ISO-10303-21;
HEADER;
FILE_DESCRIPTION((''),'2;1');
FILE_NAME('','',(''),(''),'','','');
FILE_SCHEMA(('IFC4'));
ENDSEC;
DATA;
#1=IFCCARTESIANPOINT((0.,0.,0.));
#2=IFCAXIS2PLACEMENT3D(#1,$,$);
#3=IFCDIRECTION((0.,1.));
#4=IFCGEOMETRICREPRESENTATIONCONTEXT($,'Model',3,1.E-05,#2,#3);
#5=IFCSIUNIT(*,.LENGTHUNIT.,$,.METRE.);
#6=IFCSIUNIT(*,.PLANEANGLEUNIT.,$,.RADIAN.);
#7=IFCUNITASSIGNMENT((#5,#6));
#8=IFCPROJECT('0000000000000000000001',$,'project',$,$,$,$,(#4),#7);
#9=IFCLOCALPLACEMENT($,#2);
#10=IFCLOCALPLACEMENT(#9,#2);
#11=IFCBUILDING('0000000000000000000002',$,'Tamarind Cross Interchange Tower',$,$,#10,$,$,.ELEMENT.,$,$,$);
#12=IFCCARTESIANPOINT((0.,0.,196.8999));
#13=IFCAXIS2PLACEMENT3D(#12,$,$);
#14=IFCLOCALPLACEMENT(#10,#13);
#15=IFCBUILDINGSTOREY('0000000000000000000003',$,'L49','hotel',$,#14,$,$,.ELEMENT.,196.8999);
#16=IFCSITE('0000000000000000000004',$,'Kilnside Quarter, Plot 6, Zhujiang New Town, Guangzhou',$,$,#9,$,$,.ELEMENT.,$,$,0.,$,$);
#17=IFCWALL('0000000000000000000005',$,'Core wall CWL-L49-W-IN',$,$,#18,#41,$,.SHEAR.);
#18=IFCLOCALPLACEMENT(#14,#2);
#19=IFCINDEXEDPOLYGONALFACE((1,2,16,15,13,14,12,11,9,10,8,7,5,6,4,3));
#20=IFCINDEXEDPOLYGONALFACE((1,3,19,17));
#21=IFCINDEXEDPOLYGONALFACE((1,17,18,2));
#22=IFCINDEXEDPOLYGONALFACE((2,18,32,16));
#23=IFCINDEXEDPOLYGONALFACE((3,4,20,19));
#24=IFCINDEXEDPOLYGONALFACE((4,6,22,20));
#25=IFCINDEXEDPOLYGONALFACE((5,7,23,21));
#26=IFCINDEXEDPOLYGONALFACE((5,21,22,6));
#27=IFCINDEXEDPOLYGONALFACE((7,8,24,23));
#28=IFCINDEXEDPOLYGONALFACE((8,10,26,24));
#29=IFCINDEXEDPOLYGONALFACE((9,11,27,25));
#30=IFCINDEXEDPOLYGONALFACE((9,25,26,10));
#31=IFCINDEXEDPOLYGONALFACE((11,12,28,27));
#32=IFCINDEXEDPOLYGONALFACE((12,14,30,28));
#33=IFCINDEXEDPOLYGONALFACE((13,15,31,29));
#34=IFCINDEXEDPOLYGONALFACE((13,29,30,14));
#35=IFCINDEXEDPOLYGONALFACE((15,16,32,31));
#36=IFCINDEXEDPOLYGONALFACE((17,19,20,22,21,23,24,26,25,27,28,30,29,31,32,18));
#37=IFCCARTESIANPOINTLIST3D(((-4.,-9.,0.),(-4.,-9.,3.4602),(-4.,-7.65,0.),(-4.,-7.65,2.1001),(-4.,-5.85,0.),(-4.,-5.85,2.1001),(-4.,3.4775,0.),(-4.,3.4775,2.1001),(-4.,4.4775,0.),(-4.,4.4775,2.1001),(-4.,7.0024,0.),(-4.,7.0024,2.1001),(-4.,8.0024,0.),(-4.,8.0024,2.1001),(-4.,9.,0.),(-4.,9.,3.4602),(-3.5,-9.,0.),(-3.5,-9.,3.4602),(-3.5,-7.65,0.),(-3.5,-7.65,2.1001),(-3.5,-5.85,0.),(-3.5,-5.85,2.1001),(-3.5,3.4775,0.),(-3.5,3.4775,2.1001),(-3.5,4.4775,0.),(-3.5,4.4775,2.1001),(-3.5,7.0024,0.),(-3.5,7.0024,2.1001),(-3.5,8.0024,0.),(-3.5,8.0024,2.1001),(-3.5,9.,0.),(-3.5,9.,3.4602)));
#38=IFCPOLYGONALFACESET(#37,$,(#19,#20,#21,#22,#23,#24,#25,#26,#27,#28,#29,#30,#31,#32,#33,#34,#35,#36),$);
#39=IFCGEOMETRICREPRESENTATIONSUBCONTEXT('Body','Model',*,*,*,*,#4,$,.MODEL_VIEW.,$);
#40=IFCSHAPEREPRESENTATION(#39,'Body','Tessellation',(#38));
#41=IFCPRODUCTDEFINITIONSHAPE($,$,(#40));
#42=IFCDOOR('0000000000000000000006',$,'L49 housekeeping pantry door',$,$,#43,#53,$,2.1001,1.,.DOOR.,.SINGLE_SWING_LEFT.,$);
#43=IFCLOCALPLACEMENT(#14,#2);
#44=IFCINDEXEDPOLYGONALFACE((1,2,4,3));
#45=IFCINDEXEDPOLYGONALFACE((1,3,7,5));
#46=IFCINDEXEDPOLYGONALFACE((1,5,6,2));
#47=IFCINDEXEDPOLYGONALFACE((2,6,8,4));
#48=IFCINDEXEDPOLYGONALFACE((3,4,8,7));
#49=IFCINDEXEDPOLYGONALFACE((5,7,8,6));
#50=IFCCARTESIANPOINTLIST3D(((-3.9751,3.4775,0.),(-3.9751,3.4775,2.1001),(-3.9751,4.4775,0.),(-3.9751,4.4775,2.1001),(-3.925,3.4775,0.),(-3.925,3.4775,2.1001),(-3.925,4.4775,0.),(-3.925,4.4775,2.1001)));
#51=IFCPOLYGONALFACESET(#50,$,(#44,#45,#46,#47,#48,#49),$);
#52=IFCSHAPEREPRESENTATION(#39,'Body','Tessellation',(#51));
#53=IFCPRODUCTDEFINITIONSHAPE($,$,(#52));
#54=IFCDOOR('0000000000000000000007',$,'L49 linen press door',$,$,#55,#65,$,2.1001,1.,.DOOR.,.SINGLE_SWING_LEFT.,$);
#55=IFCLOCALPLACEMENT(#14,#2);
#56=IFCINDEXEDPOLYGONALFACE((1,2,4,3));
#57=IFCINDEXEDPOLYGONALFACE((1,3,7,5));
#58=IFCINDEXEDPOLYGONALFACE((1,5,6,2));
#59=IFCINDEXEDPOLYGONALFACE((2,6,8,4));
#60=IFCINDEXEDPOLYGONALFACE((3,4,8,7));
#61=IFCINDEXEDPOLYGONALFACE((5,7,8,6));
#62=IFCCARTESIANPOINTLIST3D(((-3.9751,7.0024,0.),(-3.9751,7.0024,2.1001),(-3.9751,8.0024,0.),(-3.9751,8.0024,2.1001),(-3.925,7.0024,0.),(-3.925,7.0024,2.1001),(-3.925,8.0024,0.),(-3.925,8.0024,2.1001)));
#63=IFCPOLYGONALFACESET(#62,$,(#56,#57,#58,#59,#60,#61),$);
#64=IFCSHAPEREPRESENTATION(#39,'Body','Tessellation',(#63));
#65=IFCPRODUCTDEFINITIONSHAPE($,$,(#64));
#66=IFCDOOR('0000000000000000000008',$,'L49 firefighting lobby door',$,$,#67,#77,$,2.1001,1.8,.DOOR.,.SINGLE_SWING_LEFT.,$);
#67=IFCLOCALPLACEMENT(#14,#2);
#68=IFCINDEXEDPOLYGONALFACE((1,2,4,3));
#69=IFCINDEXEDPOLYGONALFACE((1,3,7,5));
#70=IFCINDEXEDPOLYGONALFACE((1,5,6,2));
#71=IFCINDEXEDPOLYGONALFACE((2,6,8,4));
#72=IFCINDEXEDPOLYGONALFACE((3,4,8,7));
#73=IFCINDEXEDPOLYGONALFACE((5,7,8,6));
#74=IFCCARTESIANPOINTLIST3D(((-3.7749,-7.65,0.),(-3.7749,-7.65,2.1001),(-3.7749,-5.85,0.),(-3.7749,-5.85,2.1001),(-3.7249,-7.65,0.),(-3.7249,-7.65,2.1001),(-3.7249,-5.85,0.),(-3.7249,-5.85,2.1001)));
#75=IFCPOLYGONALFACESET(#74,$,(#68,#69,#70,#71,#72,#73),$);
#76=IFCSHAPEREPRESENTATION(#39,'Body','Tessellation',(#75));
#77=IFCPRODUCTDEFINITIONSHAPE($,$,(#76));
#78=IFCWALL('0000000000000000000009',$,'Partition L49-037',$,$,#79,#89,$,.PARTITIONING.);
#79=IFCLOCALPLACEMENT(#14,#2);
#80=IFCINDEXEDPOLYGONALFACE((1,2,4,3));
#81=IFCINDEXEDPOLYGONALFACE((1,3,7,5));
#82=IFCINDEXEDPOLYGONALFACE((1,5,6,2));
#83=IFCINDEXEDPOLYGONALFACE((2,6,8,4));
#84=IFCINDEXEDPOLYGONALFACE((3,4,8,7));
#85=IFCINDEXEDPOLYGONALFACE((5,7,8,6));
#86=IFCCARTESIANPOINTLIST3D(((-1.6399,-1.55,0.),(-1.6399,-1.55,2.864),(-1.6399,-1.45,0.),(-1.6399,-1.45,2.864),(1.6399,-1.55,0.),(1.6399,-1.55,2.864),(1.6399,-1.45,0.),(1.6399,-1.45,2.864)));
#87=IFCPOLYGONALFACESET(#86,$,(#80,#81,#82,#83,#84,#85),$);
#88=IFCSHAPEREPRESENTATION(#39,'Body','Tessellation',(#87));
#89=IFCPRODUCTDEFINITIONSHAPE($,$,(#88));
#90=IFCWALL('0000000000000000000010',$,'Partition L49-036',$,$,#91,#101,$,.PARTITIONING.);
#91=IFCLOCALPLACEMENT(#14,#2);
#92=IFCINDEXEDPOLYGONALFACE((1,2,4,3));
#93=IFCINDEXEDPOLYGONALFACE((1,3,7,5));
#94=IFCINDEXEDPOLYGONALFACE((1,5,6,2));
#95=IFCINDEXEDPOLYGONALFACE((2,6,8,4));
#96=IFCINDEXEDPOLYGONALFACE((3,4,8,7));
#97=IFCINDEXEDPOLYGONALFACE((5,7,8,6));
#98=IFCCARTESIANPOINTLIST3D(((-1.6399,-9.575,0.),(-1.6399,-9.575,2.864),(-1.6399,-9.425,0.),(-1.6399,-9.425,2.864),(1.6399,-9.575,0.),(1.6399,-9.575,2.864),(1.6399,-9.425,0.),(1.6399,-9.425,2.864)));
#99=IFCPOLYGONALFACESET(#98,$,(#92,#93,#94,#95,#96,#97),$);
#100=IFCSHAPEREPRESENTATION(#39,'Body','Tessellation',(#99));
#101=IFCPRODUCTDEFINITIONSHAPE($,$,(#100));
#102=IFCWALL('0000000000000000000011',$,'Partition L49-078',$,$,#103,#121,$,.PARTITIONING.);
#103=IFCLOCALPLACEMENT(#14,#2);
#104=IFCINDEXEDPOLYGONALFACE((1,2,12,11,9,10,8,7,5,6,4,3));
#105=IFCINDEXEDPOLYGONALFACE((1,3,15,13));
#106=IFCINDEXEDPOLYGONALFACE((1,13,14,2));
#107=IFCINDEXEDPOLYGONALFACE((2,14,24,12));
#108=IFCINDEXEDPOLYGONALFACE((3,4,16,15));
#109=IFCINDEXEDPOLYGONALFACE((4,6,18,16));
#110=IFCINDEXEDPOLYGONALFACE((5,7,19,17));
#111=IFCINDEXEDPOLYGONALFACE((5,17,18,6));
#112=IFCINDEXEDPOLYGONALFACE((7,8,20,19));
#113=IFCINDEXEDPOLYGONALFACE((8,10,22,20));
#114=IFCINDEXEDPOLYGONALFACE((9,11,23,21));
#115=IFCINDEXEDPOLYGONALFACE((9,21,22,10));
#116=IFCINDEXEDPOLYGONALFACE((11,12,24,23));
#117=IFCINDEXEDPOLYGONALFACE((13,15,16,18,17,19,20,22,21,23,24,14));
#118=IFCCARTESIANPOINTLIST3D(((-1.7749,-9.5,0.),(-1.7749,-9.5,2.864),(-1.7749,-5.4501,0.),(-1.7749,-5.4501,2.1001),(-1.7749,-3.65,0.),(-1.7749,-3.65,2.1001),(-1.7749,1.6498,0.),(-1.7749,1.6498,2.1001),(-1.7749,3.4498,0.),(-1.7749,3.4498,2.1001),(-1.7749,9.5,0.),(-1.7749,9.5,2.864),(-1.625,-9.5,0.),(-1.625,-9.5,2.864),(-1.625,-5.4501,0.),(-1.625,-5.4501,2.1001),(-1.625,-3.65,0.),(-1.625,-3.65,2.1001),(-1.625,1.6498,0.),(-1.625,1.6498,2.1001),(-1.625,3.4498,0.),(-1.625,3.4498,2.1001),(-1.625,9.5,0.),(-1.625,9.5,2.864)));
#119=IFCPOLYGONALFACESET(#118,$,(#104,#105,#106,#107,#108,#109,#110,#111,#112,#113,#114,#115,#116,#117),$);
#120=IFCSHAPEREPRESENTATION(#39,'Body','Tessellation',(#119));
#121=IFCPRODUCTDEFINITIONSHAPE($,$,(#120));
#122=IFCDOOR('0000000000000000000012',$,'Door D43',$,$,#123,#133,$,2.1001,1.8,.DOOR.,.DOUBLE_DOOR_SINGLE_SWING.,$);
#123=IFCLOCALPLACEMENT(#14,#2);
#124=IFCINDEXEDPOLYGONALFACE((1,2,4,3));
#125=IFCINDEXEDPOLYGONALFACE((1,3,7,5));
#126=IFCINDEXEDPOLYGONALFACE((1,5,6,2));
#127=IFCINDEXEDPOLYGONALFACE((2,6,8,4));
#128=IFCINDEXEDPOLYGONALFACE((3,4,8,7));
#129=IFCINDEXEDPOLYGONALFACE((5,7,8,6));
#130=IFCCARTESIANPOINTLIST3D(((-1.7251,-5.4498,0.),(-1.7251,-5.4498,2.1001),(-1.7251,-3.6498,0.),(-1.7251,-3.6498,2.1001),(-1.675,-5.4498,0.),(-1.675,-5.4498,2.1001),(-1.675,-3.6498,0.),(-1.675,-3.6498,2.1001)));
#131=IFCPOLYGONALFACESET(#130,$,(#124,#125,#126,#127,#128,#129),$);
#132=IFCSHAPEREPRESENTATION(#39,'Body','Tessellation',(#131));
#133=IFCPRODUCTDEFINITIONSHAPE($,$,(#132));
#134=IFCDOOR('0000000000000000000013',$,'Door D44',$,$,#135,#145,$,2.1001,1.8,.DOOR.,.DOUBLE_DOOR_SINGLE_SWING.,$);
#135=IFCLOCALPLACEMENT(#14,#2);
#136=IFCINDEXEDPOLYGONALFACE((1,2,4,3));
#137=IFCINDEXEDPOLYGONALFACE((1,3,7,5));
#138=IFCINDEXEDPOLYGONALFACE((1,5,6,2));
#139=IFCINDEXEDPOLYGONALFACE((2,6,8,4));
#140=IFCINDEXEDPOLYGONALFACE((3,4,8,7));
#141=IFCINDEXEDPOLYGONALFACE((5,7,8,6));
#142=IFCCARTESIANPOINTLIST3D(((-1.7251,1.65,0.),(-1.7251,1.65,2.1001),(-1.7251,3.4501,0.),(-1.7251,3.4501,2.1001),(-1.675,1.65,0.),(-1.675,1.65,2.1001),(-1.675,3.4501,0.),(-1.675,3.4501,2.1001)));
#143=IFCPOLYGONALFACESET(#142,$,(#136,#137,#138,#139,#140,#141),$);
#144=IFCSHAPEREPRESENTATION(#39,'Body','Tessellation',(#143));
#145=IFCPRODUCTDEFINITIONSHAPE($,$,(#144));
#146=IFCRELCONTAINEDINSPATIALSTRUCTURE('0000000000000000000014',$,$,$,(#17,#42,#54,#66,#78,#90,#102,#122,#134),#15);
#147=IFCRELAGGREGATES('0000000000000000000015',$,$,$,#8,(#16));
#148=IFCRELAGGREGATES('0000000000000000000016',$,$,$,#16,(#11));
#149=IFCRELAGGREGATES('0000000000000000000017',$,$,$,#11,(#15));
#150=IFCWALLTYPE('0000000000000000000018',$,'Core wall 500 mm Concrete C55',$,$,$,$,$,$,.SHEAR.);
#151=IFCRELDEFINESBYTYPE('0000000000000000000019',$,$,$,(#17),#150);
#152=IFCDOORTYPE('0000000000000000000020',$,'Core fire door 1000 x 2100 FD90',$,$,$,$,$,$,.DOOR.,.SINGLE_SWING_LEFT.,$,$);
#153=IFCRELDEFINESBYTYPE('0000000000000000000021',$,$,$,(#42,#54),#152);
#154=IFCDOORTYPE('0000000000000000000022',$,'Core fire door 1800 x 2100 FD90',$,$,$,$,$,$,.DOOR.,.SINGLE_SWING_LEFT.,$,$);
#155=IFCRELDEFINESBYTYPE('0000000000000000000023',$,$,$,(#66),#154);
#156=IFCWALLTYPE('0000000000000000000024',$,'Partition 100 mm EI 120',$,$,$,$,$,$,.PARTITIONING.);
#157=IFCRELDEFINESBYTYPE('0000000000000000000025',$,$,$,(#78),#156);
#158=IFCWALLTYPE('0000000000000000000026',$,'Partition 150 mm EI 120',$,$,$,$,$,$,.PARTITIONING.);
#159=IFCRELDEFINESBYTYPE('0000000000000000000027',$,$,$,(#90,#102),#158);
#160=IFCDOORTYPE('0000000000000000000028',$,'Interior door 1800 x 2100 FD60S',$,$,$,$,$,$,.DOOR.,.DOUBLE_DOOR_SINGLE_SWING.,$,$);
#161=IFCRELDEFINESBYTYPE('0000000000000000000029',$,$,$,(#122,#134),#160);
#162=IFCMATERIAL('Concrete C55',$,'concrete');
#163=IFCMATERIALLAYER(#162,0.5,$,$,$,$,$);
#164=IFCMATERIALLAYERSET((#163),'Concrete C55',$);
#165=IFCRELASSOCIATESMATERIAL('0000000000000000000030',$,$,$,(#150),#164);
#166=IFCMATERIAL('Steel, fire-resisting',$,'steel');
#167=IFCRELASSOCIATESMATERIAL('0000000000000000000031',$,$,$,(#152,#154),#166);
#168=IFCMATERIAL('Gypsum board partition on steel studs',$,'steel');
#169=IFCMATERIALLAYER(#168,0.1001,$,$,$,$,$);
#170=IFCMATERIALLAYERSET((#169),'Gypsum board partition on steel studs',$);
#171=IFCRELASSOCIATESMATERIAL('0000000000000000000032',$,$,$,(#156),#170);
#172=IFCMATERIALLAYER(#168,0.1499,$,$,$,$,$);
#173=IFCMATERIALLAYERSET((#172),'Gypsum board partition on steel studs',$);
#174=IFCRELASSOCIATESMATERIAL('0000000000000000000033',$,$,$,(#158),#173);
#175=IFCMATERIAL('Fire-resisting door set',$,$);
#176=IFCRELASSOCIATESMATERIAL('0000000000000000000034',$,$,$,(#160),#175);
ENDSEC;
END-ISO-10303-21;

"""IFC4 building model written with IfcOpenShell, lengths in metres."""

from ifc_helpers import new_model, si_unit, direction, frame, frame_2d, origin, place, context, subcontext, project, spatial, rectangle, extrude, material, layer, layer_set, type_object, element, fill, save


model = new_model("IFC4")

# Units and contexts
model_context = context("Model", 3, precision=1e-05, world=origin(), true_north=direction((0.0, 1.0)))
body_context = subcontext(model_context, "Body", "Model", "MODEL_VIEW")
ifc_project = project(units=[si_unit("LENGTHUNIT", "METRE"), si_unit("PLANEANGLEUNIT", "RADIAN")], contexts=[model_context])

# Site, building, storey
site_placement = place(None, origin())
site = spatial("IfcSite", under=ifc_project, at=site_placement, Name="Kilnside Quarter, Plot 6, Zhujiang New Town, Guangzhou", CompositionType="ELEMENT", RefElevation=0.0)
building_placement = place(site_placement, origin())
building = spatial("IfcBuilding", under=site, at=building_placement, Name="Tamarind Cross Interchange Tower", CompositionType="ELEMENT")
storey_placement = place(building_placement, frame((0.0, 0.0, 196.8999)))
storey = spatial("IfcBuildingStorey", under=building, at=storey_placement, Name="L49", Description="hotel", CompositionType="ELEMENT", Elevation=196.8999)

# Wall, openings, doors
ifc_material_1 = material(Name="Concrete C55", Category="concrete")
ifc_layer_1 = layer(ifc_material_1, 0.5)
ifc_layer_set_1 = layer_set([ifc_layer_1], Name="Concrete C55")
wall_type_1 = type_object("IfcWallType", Name="Core wall 500 mm Concrete C55", PredefinedType="SHEAR", material=ifc_layer_set_1)
wall_1_placement = place(storey_placement, frame((-3.75, -9.0, 0.0), z_axis=(0.0, 0.0, 1.0), x_axis=(0.0, 1.0, 0.0)))
wall_1 = element("IfcWall", 1, at=wall_1_placement, inside=storey, type_object=wall_type_1, Name="Core wall CWL-L49-W-IN", PredefinedType="SHEAR", context=body_context, shape_type="SweptSolid", body=[
    extrude(rectangle(XDim=18.0, YDim=0.5, at=frame_2d((9.0, 0.0))), origin(), (0.0, 0.0, 1.0), 3.4602),
])
opening_1_placement = place(wall_1_placement, frame((1.3501, 0.0, 0.0)))
opening_1 = element("IfcOpeningElement", 2, at=opening_1_placement, cuts=wall_1, PredefinedType="OPENING", context=body_context, shape_type="SweptSolid", body=[
    extrude(rectangle(XDim=1.8, YDim=2.1001, at=frame_2d((0.8999, 1.05))), frame((0.0, 0.26, 0.0), z_axis=(0.0, -1.0, 0.0), x_axis=(1.0, 0.0, 0.0)), (0.0, 0.0, 1.0), 0.52),
])
opening_2_placement = place(wall_1_placement, frame((12.4775, 0.0, 0.0)))
opening_2 = element("IfcOpeningElement", 3, at=opening_2_placement, cuts=wall_1, PredefinedType="OPENING", context=body_context, shape_type="SweptSolid", body=[
    extrude(rectangle(XDim=1.0, YDim=2.1001, at=frame_2d((0.5, 1.05))), frame((0.0, 0.26, 0.0), z_axis=(0.0, -1.0, 0.0), x_axis=(1.0, 0.0, 0.0)), (0.0, 0.0, 1.0), 0.52),
])
opening_3_placement = place(wall_1_placement, frame((16.0024, 0.0, 0.0)))
opening_3 = element("IfcOpeningElement", 4, at=opening_3_placement, cuts=wall_1, PredefinedType="OPENING", context=body_context, shape_type="SweptSolid", body=[
    extrude(rectangle(XDim=1.0, YDim=2.1001, at=frame_2d((0.5, 1.05))), frame((0.0, 0.26, 0.0), z_axis=(0.0, -1.0, 0.0), x_axis=(1.0, 0.0, 0.0)), (0.0, 0.0, 1.0), 0.52),
])
ifc_material_2 = material(Name="Steel, fire-resisting", Category="steel")
door_type_1 = type_object("IfcDoorType", Name="Core fire door 1000 x 2100 FD90", OperationType="SINGLE_SWING_LEFT", PredefinedType="DOOR", material=ifc_material_2)
door_1_placement = place(opening_2_placement, origin())
door_1 = element("IfcDoor", 5, at=door_1_placement, inside=storey, type_object=door_type_1, Name="L49 housekeeping pantry door", OperationType="SINGLE_SWING_LEFT", OverallHeight=2.1001, OverallWidth=1.0, PredefinedType="DOOR", context=body_context, shape_type="SweptSolid", body=[
    extrude(rectangle(XDim=1.0, YDim=2.1001, at=frame_2d((0.5, 1.05))), frame((0.0, 0.2251, 0.0), z_axis=(0.0, -1.0, 0.0), x_axis=(1.0, 0.0, 0.0)), (0.0, 0.0, 1.0), 0.05),
])
fill(opening_2, door_1)
door_2_placement = place(opening_3_placement, origin())
door_2 = element("IfcDoor", 6, at=door_2_placement, inside=storey, type_object=door_type_1, Name="L49 linen press door", OperationType="SINGLE_SWING_LEFT", OverallHeight=2.1001, OverallWidth=1.0, PredefinedType="DOOR", context=body_context, shape_type="SweptSolid", body=[
    extrude(rectangle(XDim=1.0, YDim=2.1001, at=frame_2d((0.5, 1.05))), frame((0.0, 0.2251, 0.0), z_axis=(0.0, -1.0, 0.0), x_axis=(1.0, 0.0, 0.0)), (0.0, 0.0, 1.0), 0.05),
])
fill(opening_3, door_2)
door_type_2 = type_object("IfcDoorType", Name="Core fire door 1800 x 2100 FD90", OperationType="SINGLE_SWING_LEFT", PredefinedType="DOOR", material=ifc_material_2)
door_3_placement = place(opening_1_placement, origin())
door_3 = element("IfcDoor", 7, at=door_3_placement, inside=storey, type_object=door_type_2, Name="L49 firefighting lobby door", OperationType="SINGLE_SWING_LEFT", OverallHeight=2.1001, OverallWidth=1.8, PredefinedType="DOOR", context=body_context, shape_type="SweptSolid", body=[
    extrude(rectangle(XDim=1.8, YDim=2.1001, at=frame_2d((0.8999, 1.05))), frame((0.0, 0.0249, 0.0), z_axis=(0.0, -1.0, 0.0), x_axis=(1.0, 0.0, 0.0)), (0.0, 0.0, 1.0), 0.05),
])
fill(opening_1, door_3)

# Walls
ifc_material_3 = material(Name="Gypsum board partition on steel studs", Category="steel")
ifc_layer_2 = layer(ifc_material_3, 0.1001)
ifc_layer_set_2 = layer_set([ifc_layer_2], Name="Gypsum board partition on steel studs")
wall_type_2 = type_object("IfcWallType", Name="Partition 100 mm EI 120", PredefinedType="PARTITIONING", material=ifc_layer_set_2)
wall_2_placement = place(storey_placement, frame((-1.6399, -1.5, 0.0), z_axis=(0.0, 0.0, 1.0), x_axis=(1.0, 0.0, 0.0)))
element("IfcWall", 8, at=wall_2_placement, inside=storey, type_object=wall_type_2, Name="Partition L49-037", PredefinedType="PARTITIONING", context=body_context, shape_type="SweptSolid", body=[
    extrude(rectangle(XDim=3.2798, YDim=0.1001, at=frame_2d((1.6399, 0.0))), origin(), (0.0, 0.0, 1.0), 2.864),
])
ifc_layer_3 = layer(ifc_material_3, 0.1499)
ifc_layer_set_3 = layer_set([ifc_layer_3], Name="Gypsum board partition on steel studs")
wall_type_3 = type_object("IfcWallType", Name="Partition 150 mm EI 120", PredefinedType="PARTITIONING", material=ifc_layer_set_3)
wall_3_placement = place(storey_placement, frame((-1.6399, -9.5, 0.0), z_axis=(0.0, 0.0, 1.0), x_axis=(1.0, 0.0, 0.0)))
element("IfcWall", 9, at=wall_3_placement, inside=storey, type_object=wall_type_3, Name="Partition L49-036", PredefinedType="PARTITIONING", context=body_context, shape_type="SweptSolid", body=[
    extrude(rectangle(XDim=3.2798, YDim=0.1499, at=frame_2d((1.6399, 0.0))), origin(), (0.0, 0.0, 1.0), 2.864),
])

# Wall, openings, doors
wall_4_placement = place(storey_placement, frame((-1.7, -9.5, 0.0), z_axis=(0.0, 0.0, 1.0), x_axis=(0.0, 1.0, 0.0)))
wall_4 = element("IfcWall", 10, at=wall_4_placement, inside=storey, type_object=wall_type_3, Name="Partition L49-078", PredefinedType="PARTITIONING", context=body_context, shape_type="SweptSolid", body=[
    extrude(rectangle(XDim=19.0, YDim=0.1499, at=frame_2d((9.5, 0.0))), origin(), (0.0, 0.0, 1.0), 2.864),
])
opening_4_placement = place(wall_4_placement, frame((4.05, 0.0, 0.0)))
opening_4 = element("IfcOpeningElement", 11, at=opening_4_placement, cuts=wall_4, PredefinedType="OPENING", context=body_context, shape_type="SweptSolid", body=[
    extrude(rectangle(XDim=1.8, YDim=2.1001, at=frame_2d((0.8999, 1.05))), frame((0.0, 0.085, 0.0), z_axis=(0.0, -1.0, 0.0), x_axis=(1.0, 0.0, 0.0)), (0.0, 0.0, 1.0), 0.1699),
])
opening_5_placement = place(wall_4_placement, frame((11.1499, 0.0, 0.0)))
opening_5 = element("IfcOpeningElement", 12, at=opening_5_placement, cuts=wall_4, PredefinedType="OPENING", context=body_context, shape_type="SweptSolid", body=[
    extrude(rectangle(XDim=1.8, YDim=2.1001, at=frame_2d((0.8999, 1.05))), frame((0.0, 0.085, 0.0), z_axis=(0.0, -1.0, 0.0), x_axis=(1.0, 0.0, 0.0)), (0.0, 0.0, 1.0), 0.1699),
])
ifc_material_4 = material(Name="Fire-resisting door set")
door_type_3 = type_object("IfcDoorType", Name="Interior door 1800 x 2100 FD60S", OperationType="DOUBLE_DOOR_SINGLE_SWING", PredefinedType="DOOR", material=ifc_material_4)
door_4_placement = place(opening_4_placement, frame((1.8, 0.0, 0.0), z_axis=(0.0, 0.0, 1.0), x_axis=(-1.0, 0.0, 0.0)))
door_4 = element("IfcDoor", 13, at=door_4_placement, inside=storey, type_object=door_type_3, Name="Door D43", OperationType="DOUBLE_DOOR_SINGLE_SWING", OverallHeight=2.1001, OverallWidth=1.8, PredefinedType="DOOR", context=body_context, shape_type="SweptSolid", body=[
    extrude(rectangle(XDim=1.8, YDim=2.1001, at=frame_2d((0.8999, 1.05))), frame((0.0, 0.0249, 0.0), z_axis=(0.0, -1.0, 0.0), x_axis=(1.0, 0.0, 0.0)), (0.0, 0.0, 1.0), 0.05),
])
fill(opening_4, door_4)
door_5_placement = place(opening_5_placement, frame((1.8, 0.0, 0.0), z_axis=(0.0, 0.0, 1.0), x_axis=(-1.0, 0.0, 0.0)))
door_5 = element("IfcDoor", 14, at=door_5_placement, inside=storey, type_object=door_type_3, Name="Door D44", OperationType="DOUBLE_DOOR_SINGLE_SWING", OverallHeight=2.1001, OverallWidth=1.8, PredefinedType="DOOR", context=body_context, shape_type="SweptSolid", body=[
    extrude(rectangle(XDim=1.8, YDim=2.1001, at=frame_2d((0.8999, 1.05))), frame((0.0, 0.0249, 0.0), z_axis=(0.0, -1.0, 0.0), x_axis=(1.0, 0.0, 0.0)), (0.0, 0.0, 1.0), 0.05),
])
fill(opening_5, door_5)

save(model, "model.ifc")
